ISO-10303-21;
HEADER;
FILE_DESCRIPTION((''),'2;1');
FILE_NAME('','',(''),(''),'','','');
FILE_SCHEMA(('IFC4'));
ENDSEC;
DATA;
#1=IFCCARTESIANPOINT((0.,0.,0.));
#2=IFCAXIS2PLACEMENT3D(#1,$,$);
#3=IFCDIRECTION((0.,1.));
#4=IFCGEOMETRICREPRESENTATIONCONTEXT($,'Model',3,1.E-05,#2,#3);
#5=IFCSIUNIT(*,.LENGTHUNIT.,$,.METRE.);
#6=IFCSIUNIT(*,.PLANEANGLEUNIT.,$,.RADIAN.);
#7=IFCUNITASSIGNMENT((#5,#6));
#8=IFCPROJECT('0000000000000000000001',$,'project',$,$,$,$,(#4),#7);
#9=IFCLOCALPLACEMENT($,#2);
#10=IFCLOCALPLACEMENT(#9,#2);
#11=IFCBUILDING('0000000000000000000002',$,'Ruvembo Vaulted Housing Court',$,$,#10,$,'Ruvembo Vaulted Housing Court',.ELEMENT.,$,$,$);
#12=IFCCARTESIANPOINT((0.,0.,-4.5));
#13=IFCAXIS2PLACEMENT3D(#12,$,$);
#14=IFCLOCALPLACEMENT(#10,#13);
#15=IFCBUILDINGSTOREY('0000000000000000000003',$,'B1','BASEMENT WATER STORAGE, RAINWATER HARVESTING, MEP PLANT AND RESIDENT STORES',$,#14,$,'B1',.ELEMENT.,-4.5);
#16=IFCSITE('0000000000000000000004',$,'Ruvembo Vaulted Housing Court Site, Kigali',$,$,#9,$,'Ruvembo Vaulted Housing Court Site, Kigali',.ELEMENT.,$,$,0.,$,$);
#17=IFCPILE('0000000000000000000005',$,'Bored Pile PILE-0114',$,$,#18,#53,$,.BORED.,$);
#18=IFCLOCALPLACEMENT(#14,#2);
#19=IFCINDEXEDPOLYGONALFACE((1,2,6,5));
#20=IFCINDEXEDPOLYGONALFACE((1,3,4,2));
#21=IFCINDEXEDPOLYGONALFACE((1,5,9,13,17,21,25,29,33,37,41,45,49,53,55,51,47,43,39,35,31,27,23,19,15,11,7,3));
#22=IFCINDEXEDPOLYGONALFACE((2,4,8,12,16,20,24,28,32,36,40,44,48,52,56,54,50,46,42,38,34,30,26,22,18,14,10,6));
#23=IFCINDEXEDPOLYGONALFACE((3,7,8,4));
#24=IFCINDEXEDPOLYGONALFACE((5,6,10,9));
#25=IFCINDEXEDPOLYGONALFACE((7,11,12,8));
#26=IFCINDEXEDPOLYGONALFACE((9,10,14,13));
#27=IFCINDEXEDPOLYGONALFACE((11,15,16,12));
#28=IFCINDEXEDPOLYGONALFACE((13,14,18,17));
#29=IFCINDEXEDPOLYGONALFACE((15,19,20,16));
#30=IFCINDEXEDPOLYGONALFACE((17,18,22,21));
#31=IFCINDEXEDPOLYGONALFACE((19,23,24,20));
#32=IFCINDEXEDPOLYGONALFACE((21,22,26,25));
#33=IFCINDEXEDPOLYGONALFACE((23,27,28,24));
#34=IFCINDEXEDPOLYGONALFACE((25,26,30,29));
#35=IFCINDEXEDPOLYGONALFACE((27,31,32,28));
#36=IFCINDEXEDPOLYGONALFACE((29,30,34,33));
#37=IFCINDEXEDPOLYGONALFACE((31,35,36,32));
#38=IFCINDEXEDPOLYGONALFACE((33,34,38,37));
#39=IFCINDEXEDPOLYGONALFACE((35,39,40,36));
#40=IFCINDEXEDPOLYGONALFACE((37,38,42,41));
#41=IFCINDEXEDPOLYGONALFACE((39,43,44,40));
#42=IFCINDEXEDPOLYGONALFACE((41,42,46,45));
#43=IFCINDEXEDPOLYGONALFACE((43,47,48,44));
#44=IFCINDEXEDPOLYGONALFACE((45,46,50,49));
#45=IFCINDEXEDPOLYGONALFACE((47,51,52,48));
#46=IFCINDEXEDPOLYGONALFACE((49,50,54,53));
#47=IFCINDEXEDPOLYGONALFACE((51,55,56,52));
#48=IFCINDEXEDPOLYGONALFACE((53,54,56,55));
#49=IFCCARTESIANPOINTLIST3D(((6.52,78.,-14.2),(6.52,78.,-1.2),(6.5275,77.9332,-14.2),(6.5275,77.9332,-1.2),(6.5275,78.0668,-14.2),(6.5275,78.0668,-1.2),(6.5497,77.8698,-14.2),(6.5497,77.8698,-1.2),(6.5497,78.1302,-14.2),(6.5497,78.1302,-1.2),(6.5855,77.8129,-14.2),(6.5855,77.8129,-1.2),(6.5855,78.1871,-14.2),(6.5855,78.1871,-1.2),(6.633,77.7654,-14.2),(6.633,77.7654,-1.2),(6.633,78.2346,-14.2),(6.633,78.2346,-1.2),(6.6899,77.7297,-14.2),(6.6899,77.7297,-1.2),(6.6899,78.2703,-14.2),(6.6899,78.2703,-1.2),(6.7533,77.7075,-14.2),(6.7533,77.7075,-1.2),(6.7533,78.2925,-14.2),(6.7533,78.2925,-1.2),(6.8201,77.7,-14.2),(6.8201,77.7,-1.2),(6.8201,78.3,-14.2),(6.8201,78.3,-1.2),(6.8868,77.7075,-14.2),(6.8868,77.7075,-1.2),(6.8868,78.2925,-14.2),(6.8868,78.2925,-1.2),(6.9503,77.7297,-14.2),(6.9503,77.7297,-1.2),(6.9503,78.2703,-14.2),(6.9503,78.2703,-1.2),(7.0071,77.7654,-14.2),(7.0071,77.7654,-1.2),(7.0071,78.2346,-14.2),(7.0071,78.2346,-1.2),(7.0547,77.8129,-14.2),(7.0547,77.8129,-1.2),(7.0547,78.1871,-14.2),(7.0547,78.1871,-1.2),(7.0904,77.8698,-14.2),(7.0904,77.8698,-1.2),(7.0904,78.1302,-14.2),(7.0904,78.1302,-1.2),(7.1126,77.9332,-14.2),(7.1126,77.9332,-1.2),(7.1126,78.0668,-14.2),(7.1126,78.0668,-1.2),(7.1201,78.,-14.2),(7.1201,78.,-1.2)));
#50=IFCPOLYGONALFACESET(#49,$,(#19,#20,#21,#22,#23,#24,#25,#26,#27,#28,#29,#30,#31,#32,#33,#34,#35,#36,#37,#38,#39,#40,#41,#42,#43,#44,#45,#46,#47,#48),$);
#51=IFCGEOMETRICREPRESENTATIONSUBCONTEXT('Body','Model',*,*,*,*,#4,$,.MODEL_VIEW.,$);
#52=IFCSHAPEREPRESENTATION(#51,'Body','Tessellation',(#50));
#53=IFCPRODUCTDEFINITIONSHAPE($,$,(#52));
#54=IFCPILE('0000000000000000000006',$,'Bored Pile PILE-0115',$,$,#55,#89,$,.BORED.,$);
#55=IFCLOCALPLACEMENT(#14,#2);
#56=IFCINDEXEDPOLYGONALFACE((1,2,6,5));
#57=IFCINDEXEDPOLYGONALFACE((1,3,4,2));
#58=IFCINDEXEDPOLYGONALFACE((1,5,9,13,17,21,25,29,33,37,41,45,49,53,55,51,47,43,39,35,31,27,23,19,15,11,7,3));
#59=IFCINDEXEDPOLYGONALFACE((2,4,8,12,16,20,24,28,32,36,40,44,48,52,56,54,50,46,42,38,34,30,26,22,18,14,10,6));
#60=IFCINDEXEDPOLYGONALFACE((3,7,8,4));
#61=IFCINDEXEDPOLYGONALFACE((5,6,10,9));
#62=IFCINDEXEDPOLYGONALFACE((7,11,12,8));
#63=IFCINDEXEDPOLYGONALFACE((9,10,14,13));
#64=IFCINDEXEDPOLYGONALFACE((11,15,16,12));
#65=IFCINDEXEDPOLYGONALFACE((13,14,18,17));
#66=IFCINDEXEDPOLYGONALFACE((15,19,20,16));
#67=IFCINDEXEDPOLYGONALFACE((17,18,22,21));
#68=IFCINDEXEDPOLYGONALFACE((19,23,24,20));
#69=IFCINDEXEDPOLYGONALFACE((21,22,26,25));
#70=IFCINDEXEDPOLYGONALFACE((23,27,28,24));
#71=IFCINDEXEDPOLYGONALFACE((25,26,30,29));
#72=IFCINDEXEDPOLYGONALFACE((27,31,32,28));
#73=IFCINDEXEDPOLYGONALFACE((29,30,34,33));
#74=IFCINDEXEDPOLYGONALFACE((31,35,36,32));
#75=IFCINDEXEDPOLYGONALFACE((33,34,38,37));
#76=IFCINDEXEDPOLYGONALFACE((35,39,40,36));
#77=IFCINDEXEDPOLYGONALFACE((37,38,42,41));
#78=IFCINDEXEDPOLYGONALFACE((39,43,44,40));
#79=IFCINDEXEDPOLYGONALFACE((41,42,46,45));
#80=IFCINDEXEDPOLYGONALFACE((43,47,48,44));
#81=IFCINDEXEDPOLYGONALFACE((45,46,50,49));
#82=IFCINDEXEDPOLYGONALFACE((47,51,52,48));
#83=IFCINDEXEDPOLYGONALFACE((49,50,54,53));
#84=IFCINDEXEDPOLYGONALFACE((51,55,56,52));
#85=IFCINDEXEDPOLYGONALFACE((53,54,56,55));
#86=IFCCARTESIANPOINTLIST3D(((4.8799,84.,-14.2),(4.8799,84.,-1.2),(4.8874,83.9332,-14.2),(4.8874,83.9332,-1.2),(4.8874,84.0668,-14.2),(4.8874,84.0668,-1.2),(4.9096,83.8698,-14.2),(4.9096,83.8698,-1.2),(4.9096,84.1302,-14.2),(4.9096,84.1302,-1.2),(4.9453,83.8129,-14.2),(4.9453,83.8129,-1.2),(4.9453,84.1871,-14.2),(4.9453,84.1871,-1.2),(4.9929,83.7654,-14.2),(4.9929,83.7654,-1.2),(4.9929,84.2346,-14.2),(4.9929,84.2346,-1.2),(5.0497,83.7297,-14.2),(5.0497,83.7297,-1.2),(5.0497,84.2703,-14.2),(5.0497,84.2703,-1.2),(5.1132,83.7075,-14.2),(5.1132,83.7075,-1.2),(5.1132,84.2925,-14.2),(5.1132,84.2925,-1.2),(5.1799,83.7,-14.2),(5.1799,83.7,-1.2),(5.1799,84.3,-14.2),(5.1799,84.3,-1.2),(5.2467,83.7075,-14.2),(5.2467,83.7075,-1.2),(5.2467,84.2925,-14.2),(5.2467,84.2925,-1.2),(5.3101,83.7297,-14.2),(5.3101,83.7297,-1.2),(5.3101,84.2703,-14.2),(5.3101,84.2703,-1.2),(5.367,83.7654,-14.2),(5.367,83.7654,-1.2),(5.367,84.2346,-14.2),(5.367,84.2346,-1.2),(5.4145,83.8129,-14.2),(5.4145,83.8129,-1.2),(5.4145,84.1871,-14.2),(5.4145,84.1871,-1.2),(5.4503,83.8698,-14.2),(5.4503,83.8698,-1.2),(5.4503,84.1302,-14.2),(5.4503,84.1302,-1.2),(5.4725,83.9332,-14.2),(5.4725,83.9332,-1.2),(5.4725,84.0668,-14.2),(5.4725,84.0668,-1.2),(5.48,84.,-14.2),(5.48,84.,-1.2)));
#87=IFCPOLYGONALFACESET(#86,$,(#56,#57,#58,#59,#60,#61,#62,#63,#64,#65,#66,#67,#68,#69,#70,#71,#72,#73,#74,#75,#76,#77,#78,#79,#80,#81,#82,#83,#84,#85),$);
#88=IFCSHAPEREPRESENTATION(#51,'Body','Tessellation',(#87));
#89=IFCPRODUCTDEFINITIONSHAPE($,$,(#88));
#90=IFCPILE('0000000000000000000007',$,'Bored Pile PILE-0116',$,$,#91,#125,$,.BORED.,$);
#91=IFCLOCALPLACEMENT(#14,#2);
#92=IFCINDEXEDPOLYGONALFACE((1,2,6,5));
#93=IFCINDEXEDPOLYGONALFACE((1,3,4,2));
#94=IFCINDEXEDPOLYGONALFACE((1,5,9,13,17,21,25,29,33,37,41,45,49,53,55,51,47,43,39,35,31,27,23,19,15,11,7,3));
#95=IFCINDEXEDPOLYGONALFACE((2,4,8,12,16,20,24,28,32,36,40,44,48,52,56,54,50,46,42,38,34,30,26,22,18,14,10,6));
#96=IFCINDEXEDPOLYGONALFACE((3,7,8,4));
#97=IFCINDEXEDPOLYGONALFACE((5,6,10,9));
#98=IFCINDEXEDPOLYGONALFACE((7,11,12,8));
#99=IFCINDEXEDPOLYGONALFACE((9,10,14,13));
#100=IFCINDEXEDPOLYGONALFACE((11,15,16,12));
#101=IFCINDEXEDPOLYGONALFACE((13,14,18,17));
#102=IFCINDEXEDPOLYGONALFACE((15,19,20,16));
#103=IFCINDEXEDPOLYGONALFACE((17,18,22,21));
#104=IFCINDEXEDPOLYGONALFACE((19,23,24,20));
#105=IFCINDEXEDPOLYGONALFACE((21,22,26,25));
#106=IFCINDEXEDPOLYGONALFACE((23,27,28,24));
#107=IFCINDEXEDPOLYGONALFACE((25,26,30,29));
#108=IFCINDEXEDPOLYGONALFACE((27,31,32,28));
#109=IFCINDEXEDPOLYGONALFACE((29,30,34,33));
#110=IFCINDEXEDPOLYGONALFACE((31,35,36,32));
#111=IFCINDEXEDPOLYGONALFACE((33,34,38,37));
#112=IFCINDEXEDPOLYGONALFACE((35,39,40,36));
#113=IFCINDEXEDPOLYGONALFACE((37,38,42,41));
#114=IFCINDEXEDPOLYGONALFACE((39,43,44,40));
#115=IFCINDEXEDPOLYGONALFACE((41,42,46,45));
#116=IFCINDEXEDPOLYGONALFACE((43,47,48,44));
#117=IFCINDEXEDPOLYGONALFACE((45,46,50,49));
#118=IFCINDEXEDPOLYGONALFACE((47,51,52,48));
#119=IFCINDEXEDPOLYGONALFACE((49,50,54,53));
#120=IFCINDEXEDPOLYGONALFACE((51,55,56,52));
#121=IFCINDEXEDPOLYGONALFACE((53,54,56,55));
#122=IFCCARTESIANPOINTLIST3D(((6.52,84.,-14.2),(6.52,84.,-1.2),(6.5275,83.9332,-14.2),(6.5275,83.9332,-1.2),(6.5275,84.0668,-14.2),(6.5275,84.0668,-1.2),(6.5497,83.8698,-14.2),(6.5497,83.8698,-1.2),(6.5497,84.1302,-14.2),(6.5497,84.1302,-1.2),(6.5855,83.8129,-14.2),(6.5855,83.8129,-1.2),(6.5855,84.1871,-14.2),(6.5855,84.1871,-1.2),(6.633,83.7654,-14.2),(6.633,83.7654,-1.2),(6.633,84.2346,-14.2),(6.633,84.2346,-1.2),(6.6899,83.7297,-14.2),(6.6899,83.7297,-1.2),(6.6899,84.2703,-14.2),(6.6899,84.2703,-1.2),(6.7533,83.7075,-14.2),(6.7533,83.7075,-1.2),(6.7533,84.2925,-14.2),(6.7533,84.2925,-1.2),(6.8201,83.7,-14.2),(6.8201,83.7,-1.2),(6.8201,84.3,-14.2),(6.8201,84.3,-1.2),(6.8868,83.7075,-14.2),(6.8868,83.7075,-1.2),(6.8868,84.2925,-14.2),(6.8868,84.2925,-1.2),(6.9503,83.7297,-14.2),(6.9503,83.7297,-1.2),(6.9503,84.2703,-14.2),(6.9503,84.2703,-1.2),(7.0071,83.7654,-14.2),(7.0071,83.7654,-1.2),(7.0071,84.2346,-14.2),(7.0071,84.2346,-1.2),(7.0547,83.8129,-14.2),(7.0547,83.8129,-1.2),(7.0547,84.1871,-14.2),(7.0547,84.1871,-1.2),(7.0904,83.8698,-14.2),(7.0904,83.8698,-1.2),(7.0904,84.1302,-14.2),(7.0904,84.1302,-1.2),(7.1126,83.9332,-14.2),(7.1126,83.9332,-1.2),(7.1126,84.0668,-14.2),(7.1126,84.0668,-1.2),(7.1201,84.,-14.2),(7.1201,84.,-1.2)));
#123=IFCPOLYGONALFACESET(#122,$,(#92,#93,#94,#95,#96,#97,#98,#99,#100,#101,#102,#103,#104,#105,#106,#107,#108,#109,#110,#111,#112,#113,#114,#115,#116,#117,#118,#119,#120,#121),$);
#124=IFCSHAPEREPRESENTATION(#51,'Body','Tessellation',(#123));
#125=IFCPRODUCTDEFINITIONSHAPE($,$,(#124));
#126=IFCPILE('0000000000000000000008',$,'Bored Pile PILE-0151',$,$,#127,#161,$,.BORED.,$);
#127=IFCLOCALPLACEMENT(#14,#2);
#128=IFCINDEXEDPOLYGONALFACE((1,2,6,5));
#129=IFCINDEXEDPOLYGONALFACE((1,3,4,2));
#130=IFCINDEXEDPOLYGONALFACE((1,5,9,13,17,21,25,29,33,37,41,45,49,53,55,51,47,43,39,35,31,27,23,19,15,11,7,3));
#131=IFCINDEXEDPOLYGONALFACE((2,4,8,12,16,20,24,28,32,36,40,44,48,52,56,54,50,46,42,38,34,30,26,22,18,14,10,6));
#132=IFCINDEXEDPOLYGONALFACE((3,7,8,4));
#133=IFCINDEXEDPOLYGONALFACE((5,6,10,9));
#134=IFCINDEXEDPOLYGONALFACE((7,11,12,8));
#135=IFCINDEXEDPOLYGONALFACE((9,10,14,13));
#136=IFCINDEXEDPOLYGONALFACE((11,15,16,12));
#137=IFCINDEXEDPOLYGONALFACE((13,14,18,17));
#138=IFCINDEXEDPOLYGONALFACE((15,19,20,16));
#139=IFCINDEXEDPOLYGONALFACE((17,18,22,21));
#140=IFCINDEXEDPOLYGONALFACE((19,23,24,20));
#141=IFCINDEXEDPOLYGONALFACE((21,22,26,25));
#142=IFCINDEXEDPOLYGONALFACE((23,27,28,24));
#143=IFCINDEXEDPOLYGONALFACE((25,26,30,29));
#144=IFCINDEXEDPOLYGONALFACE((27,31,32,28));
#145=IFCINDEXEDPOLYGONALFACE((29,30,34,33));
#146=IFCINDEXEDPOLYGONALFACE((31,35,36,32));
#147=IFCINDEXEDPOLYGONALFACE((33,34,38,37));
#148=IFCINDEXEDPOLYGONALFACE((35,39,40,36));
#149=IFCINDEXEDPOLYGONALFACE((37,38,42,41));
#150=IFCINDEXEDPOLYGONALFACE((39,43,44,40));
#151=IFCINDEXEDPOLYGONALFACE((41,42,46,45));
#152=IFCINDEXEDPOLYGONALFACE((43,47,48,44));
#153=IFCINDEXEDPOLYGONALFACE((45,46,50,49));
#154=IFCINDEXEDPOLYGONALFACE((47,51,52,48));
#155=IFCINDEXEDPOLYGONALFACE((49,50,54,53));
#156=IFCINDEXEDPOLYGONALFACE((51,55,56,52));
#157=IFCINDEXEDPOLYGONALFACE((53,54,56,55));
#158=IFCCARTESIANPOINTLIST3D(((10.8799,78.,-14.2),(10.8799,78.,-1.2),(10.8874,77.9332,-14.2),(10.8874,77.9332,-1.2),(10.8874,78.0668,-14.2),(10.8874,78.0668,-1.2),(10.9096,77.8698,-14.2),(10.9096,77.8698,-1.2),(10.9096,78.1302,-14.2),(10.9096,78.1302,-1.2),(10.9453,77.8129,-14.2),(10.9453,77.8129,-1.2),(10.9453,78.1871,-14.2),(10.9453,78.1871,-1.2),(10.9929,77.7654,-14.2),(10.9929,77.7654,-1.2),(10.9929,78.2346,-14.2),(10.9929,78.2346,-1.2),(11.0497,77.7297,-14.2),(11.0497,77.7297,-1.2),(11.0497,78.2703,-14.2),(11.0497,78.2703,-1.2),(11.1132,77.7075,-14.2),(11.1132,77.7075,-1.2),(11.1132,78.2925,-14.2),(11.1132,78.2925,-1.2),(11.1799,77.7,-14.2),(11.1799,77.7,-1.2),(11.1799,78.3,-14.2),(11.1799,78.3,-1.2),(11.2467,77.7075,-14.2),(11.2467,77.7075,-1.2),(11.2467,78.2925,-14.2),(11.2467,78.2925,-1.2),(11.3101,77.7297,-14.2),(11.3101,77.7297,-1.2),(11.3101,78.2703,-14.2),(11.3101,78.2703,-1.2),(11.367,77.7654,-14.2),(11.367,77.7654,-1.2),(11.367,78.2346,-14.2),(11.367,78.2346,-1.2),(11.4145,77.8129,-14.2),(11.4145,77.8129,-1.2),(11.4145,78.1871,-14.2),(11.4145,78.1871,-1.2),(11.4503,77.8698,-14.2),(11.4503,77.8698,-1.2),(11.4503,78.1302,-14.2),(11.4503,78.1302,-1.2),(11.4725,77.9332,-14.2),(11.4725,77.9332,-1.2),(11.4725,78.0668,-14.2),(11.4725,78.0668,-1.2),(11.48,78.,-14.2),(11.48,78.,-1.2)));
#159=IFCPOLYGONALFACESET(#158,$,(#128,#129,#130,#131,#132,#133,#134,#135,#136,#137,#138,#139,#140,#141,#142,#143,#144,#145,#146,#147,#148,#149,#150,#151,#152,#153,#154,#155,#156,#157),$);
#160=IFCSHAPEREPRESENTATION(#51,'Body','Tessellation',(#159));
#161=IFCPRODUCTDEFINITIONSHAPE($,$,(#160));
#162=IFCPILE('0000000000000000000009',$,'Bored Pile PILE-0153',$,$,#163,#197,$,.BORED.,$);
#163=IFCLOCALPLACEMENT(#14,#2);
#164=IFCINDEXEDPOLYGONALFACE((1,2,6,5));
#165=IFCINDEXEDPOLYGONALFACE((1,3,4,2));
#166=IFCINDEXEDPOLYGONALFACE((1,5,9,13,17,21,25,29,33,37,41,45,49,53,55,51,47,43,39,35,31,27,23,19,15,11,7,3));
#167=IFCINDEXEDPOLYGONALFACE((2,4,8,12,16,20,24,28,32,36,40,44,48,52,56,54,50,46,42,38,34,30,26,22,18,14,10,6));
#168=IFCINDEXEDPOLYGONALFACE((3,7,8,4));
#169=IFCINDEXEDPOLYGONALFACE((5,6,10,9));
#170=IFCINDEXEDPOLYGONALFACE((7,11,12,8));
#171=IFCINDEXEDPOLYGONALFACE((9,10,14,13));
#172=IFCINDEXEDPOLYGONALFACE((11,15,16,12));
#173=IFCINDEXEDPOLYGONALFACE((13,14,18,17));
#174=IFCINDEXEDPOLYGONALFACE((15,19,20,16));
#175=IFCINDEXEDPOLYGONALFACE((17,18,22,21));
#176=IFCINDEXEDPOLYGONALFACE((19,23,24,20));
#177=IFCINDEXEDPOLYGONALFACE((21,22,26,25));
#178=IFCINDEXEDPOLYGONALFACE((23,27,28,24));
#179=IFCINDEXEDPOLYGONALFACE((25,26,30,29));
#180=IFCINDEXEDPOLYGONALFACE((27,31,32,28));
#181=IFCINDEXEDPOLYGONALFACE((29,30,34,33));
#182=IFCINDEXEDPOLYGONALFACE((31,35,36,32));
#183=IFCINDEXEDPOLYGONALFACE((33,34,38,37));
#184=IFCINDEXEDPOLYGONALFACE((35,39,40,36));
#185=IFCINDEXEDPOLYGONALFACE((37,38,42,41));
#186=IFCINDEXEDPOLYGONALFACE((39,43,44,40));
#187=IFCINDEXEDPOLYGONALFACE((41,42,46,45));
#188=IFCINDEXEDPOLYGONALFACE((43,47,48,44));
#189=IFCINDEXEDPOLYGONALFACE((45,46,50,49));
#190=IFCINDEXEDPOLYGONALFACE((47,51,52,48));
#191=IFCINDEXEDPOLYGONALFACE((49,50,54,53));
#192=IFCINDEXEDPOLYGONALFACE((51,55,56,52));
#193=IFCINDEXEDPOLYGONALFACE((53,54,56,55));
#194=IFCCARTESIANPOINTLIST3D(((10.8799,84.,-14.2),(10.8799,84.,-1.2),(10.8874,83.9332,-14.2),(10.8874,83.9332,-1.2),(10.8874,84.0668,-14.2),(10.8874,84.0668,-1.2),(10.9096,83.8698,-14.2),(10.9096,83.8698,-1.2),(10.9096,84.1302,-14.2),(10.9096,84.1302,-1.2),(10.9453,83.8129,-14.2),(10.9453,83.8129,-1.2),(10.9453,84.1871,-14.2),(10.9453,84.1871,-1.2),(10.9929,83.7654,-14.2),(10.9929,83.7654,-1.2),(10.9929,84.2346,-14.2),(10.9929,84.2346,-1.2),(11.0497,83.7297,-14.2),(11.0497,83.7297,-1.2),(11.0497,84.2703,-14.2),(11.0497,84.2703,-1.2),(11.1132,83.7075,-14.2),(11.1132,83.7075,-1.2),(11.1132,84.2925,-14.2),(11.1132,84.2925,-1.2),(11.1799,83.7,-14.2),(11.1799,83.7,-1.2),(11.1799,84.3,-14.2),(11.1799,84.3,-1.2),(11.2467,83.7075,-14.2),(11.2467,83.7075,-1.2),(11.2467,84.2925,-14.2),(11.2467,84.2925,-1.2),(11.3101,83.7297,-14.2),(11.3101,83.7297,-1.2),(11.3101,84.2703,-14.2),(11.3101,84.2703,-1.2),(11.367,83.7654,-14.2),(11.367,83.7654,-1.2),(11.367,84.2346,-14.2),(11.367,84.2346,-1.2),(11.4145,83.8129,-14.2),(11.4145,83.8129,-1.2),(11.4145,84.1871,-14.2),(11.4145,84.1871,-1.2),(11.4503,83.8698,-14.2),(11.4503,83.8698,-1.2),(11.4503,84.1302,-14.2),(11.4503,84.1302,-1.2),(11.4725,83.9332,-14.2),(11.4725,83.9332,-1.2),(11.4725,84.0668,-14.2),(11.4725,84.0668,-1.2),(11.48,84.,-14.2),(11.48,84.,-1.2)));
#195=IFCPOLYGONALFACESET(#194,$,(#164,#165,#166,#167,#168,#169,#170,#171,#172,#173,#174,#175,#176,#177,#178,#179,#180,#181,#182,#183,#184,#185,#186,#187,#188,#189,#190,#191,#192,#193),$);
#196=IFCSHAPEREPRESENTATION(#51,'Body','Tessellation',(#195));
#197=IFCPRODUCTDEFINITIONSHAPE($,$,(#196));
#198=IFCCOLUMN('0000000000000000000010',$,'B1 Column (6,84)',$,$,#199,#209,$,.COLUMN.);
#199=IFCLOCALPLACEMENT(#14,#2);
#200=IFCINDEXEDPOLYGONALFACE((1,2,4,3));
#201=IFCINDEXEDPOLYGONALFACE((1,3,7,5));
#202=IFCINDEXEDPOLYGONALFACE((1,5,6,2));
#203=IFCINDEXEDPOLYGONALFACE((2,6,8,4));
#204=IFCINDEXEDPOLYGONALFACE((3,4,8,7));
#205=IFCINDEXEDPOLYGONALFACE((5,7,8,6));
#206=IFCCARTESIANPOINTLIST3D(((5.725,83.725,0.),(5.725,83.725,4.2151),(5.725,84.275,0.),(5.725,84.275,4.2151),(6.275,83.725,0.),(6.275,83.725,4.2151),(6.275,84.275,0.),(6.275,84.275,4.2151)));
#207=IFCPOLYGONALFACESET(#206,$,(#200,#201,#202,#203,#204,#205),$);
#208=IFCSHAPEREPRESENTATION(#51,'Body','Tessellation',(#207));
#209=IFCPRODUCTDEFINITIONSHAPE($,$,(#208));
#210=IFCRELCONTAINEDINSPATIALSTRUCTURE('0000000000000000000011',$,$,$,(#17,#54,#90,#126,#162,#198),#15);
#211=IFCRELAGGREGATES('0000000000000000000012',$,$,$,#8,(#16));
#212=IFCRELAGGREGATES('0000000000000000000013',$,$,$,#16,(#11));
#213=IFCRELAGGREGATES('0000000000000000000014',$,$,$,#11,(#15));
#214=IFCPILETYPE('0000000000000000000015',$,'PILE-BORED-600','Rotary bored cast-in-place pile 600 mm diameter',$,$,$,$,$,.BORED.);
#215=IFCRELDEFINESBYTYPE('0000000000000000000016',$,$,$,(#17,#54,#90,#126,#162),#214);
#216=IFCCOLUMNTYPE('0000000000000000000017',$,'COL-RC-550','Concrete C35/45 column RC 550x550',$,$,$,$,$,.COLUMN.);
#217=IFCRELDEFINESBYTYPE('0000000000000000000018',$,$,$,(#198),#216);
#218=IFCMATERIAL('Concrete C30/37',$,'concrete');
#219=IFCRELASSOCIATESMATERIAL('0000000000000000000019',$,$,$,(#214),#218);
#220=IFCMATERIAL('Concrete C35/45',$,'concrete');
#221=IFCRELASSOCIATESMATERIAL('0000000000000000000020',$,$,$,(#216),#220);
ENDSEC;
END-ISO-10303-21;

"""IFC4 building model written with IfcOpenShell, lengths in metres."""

from ifc_helpers import new_model, si_unit, direction, frame, origin, origin_2d, place, context, subcontext, project, spatial, rectangle, circle, extrude, material, material_profile, profile_set, type_object, element, save


model = new_model("IFC4")

# Units and contexts
model_context = context("Model", 3, precision=1e-05, world=origin(), true_north=direction((0.0, 1.0)))
body_context = subcontext(model_context, "Body", "Model", "MODEL_VIEW")
ifc_project = project(units=[si_unit("LENGTHUNIT", "METRE"), si_unit("PLANEANGLEUNIT", "RADIAN")], contexts=[model_context])

# Site, building, storey
site_placement = place(None, origin())
site = spatial("IfcSite", under=ifc_project, at=site_placement, Name="Ruvembo Vaulted Housing Court Site, Kigali", LongName="Ruvembo Vaulted Housing Court Site, Kigali", CompositionType="ELEMENT", RefElevation=0.0)
building_placement = place(site_placement, origin())
building = spatial("IfcBuilding", under=site, at=building_placement, Name="Ruvembo Vaulted Housing Court", LongName="Ruvembo Vaulted Housing Court", CompositionType="ELEMENT")
storey_placement = place(building_placement, frame((0.0, 0.0, -4.5)))
storey = spatial("IfcBuildingStorey", under=building, at=storey_placement, Name="B1", Description="BASEMENT WATER STORAGE, RAINWATER HARVESTING, MEP PLANT AND RESIDENT STORES", LongName="B1", CompositionType="ELEMENT", Elevation=-4.5)

# Shared definitions
ifc_material_1 = material(Name="Concrete C35/45", Category="concrete")

# Piles
ifc_material_2 = material(Name="Concrete C30/37", Category="concrete")
ifc_material_profile_1 = material_profile(ifc_material_2, circle(Radius=0.3, at=origin_2d()), Name="PILE D600")
ifc_profile_set_1 = profile_set([ifc_material_profile_1], Name="Concrete C30/37")
pile_type = type_object("IfcPileType", Name="PILE-BORED-600", Description="Rotary bored cast-in-place pile 600 mm diameter", PredefinedType="BORED", material=ifc_profile_set_1)
for number, where, z_axis, x_axis, name in (
    (1, (6.8201, 78.0, -1.2), (0.0, 0.0, -1.0), (1.0, 0.0, 0.0), "Bored Pile PILE-0114"),
    (2, (5.1799, 84.0, -1.2), (0.0, 0.0, -1.0), (1.0, 0.0, 0.0), "Bored Pile PILE-0115"),
    (3, (6.8201, 84.0, -1.2), (0.0, 0.0, -1.0), (1.0, 0.0, 0.0), "Bored Pile PILE-0116"),
    (4, (11.1799, 78.0, -1.2), (0.0, 0.0, -1.0), (1.0, 0.0, 0.0), "Bored Pile PILE-0151"),
    (5, (11.1799, 84.0, -1.2), (0.0, 0.0, -1.0), (1.0, 0.0, 0.0), "Bored Pile PILE-0153"),
):
    element("IfcPile", number, at=place(storey_placement, frame(where, z_axis=z_axis, x_axis=x_axis)), inside=storey, type_object=pile_type, Name=name, PredefinedType="BORED", context=body_context, shape_type="SweptSolid", body=[
        extrude(circle(Radius=0.3, at=origin_2d()), origin(), (0.0, 0.0, 1.0), 13.0),
    ])

# Column
ifc_material_profile_2 = material_profile(ifc_material_1, rectangle(XDim=0.55, YDim=0.55, at=origin_2d()), Name="RC 550x550")
ifc_profile_set_2 = profile_set([ifc_material_profile_2], Name="Concrete C35/45")
column_type_1 = type_object("IfcColumnType", Name="COL-RC-550", Description="Concrete C35/45 column RC 550x550", PredefinedType="COLUMN", material=ifc_profile_set_2)
for number, where, z_axis, x_axis, name in (
    (6, (6.0, 84.0, 0.0), (0.0, 0.0, 1.0), (1.0, 0.0, 0.0), "B1 Column (6,84)"),
):
    element("IfcColumn", number, at=place(storey_placement, frame(where, z_axis=z_axis, x_axis=x_axis)), inside=storey, type_object=column_type_1, Name=name, PredefinedType="COLUMN", context=body_context, shape_type="SweptSolid", body=[
        extrude(rectangle(XDim=0.55, YDim=0.55, at=origin_2d()), origin(), (0.0, 0.0, 1.0), 4.2151),
    ])

save(model, "model.ifc")
